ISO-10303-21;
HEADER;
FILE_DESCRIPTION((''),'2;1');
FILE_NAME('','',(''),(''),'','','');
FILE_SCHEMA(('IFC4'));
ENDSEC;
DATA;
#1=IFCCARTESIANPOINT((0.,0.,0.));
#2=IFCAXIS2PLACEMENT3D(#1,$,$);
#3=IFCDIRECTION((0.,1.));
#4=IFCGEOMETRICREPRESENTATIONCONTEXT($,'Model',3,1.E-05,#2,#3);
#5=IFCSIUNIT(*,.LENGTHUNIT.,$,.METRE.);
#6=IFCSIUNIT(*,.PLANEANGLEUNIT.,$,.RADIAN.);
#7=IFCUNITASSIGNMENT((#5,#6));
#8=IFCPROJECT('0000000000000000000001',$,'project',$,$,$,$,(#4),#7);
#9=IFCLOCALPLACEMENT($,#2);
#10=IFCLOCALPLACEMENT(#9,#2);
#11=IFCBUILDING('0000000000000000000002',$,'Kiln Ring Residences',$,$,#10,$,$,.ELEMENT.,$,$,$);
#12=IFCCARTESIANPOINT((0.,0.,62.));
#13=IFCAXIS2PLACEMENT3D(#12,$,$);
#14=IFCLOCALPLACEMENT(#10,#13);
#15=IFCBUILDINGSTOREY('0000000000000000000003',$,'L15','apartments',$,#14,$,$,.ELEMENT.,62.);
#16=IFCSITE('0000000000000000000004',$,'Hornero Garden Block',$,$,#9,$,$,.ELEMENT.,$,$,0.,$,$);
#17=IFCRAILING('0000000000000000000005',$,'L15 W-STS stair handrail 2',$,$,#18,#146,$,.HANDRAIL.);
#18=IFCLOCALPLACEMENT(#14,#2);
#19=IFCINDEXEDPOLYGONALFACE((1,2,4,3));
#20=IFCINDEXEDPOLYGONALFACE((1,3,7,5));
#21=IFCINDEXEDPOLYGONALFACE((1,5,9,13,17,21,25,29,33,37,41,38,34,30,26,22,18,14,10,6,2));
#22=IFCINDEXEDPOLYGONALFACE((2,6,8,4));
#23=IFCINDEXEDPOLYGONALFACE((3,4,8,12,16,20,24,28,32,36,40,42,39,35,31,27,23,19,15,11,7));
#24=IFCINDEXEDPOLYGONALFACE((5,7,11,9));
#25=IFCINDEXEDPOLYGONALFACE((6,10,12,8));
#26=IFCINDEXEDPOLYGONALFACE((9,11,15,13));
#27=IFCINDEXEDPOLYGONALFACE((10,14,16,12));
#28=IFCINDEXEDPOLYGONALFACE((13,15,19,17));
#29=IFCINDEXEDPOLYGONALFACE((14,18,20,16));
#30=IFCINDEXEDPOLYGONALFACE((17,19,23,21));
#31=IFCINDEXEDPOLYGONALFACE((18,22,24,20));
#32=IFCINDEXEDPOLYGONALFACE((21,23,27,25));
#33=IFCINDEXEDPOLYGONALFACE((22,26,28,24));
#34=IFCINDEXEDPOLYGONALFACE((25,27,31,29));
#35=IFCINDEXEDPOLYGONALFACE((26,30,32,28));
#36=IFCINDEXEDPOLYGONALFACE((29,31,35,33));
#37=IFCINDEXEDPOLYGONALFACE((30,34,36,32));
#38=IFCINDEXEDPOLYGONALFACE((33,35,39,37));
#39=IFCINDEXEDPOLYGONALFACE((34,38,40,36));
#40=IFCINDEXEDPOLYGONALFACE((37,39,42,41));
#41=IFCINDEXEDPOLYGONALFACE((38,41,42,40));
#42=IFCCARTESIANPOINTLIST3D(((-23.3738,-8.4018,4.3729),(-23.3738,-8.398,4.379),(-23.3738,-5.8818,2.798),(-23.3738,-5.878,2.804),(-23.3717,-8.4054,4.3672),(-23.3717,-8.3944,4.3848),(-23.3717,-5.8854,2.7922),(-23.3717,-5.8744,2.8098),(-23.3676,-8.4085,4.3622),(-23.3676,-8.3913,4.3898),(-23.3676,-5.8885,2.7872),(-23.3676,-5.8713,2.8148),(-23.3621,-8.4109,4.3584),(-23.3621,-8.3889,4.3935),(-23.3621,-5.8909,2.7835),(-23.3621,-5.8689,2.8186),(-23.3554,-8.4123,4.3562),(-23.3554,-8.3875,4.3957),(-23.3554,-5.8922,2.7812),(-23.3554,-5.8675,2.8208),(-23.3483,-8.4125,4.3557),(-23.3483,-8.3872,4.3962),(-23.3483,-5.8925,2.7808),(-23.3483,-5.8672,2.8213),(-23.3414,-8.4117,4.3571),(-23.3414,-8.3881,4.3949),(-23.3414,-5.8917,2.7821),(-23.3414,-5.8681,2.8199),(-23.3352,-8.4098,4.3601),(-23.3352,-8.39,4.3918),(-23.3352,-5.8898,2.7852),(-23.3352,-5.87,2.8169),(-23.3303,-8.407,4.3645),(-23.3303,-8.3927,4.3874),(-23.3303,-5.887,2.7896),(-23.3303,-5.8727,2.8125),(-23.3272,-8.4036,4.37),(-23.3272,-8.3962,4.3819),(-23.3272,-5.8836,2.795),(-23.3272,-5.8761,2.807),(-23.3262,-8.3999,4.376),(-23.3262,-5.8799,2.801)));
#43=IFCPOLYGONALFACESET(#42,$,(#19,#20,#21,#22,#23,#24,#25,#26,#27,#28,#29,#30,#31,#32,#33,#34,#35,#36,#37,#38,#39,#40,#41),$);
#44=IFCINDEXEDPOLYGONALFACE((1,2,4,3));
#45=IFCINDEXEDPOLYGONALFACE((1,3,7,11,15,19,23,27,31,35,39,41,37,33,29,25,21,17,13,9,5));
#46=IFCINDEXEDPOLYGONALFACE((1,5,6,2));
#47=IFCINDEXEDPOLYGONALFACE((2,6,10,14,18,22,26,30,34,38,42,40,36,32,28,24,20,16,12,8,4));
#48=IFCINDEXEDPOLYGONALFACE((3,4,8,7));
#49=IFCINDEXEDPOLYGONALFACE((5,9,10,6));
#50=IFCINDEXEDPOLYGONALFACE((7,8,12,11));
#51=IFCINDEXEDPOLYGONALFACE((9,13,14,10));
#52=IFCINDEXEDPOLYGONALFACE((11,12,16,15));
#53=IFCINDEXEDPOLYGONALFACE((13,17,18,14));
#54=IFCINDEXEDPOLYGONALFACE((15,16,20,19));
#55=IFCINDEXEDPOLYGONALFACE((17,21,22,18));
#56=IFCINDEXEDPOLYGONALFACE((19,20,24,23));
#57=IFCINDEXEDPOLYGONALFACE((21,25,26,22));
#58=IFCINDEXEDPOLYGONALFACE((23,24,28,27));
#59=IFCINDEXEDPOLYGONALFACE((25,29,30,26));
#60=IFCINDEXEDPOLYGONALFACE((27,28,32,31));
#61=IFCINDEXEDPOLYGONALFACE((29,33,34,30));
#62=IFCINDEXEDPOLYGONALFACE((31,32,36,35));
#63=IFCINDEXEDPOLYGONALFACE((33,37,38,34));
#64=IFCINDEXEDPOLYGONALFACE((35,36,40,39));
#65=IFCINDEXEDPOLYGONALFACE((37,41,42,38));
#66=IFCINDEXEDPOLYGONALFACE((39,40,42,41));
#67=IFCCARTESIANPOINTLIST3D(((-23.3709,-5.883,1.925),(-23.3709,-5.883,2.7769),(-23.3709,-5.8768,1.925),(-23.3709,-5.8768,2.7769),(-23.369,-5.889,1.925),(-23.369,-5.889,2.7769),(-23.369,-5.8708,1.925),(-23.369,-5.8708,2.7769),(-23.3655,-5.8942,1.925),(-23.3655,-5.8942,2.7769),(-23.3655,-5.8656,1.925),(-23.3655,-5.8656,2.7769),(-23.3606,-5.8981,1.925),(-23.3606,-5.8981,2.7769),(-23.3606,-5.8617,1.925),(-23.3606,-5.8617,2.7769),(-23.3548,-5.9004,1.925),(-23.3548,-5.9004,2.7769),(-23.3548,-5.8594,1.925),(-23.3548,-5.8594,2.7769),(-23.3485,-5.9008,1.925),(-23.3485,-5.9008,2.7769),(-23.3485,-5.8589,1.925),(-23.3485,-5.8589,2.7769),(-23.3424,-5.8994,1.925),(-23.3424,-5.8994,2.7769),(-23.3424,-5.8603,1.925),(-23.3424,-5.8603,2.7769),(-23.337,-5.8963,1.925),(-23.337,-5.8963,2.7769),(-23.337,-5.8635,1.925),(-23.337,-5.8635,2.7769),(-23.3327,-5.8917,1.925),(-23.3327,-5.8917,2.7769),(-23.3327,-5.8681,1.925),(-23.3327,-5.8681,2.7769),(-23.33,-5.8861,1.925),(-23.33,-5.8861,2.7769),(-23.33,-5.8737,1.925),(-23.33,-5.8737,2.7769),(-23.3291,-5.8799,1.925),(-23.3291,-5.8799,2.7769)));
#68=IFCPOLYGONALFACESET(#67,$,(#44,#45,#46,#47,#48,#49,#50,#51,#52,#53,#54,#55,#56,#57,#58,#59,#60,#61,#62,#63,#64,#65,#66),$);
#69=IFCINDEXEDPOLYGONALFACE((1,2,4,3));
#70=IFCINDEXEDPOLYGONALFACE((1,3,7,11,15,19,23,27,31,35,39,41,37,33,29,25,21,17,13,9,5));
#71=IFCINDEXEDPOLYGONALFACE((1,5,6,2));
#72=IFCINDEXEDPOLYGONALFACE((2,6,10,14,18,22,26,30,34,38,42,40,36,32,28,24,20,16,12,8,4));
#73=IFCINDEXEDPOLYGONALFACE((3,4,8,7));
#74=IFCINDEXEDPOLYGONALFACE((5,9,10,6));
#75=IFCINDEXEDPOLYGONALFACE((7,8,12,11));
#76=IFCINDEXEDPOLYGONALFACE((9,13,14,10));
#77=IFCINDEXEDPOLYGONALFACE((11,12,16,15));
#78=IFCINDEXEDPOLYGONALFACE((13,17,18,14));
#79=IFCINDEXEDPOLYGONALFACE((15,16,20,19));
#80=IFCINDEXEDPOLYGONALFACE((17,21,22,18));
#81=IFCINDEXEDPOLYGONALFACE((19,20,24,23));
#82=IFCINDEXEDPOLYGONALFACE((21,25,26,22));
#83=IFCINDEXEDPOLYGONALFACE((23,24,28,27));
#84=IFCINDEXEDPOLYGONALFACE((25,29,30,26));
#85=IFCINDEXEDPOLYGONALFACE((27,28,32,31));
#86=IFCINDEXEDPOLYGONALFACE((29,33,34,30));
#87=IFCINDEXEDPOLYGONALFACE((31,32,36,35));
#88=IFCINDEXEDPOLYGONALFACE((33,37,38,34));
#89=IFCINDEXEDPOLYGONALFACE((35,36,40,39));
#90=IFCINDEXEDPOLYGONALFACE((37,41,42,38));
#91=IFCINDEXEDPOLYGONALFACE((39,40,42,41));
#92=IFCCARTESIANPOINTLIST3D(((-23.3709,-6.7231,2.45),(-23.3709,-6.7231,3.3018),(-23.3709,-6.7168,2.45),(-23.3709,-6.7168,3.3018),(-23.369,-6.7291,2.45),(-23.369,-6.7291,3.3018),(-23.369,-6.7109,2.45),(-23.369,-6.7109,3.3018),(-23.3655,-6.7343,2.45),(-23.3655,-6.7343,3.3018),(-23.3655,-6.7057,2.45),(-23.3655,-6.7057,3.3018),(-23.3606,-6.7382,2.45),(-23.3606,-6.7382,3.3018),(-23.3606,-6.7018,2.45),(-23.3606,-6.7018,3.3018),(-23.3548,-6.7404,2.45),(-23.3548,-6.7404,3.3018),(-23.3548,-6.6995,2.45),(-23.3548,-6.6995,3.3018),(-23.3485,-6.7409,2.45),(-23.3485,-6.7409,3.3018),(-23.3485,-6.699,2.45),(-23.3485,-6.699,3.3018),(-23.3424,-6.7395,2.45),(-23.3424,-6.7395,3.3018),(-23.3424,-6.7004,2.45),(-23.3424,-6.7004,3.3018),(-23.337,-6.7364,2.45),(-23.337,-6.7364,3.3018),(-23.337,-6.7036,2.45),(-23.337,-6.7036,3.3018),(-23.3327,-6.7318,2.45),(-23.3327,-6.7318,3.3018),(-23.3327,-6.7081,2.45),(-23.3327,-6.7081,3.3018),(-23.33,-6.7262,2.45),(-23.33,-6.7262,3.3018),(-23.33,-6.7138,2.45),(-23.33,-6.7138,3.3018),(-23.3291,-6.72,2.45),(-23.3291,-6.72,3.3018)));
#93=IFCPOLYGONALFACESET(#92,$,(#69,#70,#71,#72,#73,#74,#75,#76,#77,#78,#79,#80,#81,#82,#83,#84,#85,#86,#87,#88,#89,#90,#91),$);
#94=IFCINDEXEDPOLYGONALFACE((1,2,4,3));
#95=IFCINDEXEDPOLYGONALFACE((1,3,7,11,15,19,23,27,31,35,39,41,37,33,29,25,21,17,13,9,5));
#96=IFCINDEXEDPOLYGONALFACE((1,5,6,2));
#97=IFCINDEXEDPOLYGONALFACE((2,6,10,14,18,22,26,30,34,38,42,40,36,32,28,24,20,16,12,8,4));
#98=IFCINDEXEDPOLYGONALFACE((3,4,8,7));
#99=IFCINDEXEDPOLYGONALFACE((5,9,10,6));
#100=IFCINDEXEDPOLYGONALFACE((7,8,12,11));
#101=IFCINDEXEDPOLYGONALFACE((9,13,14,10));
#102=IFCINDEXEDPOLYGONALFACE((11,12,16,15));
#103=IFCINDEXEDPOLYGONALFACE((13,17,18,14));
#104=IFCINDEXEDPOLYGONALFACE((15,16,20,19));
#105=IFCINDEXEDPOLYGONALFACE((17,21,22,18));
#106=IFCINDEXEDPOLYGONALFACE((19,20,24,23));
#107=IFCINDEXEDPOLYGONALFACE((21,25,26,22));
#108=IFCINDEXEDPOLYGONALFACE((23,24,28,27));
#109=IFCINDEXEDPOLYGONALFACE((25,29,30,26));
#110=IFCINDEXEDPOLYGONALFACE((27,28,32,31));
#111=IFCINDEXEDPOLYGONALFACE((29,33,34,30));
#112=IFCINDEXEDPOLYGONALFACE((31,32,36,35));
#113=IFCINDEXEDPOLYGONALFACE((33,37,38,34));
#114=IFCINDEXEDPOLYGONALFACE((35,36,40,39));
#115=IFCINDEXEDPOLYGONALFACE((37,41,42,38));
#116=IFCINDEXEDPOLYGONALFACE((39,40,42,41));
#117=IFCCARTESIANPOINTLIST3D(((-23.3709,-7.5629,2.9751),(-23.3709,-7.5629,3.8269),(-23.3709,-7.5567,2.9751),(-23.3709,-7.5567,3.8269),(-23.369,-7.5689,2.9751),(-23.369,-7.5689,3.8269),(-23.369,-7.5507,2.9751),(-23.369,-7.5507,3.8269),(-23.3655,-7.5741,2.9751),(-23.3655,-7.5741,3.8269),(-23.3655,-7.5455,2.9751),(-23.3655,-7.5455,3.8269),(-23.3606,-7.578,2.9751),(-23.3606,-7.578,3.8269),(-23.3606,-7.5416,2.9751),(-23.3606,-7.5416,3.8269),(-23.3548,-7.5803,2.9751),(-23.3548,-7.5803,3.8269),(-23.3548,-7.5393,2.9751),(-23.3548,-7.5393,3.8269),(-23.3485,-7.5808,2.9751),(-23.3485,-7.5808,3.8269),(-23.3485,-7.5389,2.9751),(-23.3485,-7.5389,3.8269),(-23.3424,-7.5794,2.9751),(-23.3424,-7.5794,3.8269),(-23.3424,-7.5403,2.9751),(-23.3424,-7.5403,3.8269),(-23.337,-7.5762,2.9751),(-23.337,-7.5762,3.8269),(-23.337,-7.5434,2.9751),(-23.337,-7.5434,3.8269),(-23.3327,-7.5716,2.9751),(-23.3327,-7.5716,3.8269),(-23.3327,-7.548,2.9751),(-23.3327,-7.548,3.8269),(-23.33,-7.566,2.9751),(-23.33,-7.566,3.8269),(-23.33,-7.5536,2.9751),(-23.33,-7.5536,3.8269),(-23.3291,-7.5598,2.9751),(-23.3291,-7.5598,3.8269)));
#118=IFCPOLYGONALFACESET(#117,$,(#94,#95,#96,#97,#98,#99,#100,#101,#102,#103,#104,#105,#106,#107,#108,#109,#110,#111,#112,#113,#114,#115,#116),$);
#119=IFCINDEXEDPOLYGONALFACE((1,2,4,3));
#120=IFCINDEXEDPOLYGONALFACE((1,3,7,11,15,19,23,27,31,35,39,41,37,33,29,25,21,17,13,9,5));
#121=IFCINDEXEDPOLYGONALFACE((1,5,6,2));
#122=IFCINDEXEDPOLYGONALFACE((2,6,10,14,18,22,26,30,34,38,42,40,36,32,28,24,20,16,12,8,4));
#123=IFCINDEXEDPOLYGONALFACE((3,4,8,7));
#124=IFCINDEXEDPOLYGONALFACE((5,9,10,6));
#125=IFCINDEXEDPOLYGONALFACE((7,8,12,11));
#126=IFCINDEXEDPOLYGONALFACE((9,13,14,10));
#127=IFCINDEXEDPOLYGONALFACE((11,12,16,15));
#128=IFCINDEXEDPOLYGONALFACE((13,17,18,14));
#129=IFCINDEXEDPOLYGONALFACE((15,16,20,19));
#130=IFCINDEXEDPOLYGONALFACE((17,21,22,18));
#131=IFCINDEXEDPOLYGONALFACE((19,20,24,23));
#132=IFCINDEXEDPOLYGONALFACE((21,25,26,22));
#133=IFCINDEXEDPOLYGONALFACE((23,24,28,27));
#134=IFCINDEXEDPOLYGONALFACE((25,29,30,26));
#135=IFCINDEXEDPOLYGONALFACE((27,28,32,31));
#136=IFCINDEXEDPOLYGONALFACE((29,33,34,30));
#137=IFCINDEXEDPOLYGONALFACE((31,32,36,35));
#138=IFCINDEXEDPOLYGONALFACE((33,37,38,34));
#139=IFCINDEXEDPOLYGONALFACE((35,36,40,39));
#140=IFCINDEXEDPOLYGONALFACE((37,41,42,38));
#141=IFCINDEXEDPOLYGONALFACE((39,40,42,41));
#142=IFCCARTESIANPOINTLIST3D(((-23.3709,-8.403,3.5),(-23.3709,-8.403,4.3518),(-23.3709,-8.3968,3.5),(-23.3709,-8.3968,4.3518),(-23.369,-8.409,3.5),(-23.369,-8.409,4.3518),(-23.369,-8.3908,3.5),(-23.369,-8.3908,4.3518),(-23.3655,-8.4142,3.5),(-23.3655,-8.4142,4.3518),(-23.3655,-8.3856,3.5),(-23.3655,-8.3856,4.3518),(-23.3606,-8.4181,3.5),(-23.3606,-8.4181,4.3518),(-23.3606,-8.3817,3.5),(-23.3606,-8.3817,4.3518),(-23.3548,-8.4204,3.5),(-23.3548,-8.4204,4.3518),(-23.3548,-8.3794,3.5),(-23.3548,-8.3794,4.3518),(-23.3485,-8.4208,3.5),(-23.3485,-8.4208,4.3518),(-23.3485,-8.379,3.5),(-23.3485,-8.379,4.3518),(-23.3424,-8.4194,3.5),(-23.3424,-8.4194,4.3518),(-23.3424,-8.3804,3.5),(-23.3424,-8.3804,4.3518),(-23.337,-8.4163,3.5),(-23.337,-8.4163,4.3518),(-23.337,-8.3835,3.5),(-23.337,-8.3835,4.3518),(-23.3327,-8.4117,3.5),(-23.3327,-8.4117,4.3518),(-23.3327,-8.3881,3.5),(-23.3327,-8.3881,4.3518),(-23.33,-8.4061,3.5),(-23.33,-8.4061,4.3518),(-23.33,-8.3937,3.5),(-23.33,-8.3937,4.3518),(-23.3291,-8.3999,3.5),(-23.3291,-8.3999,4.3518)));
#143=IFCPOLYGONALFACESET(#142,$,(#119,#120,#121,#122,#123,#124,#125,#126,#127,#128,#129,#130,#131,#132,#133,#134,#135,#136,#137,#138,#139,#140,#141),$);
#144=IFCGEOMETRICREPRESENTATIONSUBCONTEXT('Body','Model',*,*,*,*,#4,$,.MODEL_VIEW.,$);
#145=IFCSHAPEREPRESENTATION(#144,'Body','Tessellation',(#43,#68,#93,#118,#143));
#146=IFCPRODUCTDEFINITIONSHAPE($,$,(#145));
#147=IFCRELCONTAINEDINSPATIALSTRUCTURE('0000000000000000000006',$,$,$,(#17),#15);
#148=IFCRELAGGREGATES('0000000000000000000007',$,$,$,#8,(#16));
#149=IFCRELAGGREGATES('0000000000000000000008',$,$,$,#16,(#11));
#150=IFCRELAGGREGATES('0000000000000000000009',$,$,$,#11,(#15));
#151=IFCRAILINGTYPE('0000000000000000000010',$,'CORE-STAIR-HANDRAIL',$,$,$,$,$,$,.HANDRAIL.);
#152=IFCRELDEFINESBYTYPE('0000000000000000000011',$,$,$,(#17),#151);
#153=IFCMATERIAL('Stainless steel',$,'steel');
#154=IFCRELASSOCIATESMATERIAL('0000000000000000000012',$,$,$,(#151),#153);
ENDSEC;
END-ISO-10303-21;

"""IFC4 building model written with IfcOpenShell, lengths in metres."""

from ifc_helpers import new_model, si_unit, direction, frame, origin, origin_2d, place, context, subcontext, project, spatial, circle, extrude, material, type_object, element, save


model = new_model("IFC4")

# Units and contexts
model_context = context("Model", 3, precision=1e-05, world=origin(), true_north=direction((0.0, 1.0)))
body_context = subcontext(model_context, "Body", "Model", "MODEL_VIEW")
ifc_project = project(units=[si_unit("LENGTHUNIT", "METRE"), si_unit("PLANEANGLEUNIT", "RADIAN")], contexts=[model_context])

# Site, building, storey
site_placement = place(None, origin())
site = spatial("IfcSite", under=ifc_project, at=site_placement, Name="Hornero Garden Block", CompositionType="ELEMENT", RefElevation=0.0)
building_placement = place(site_placement, origin())
building = spatial("IfcBuilding", under=site, at=building_placement, Name="Kiln Ring Residences", CompositionType="ELEMENT")
storey_placement = place(building_placement, frame((0.0, 0.0, 62.0)))
storey = spatial("IfcBuildingStorey", under=building, at=storey_placement, Name="L15", Description="apartments", CompositionType="ELEMENT", Elevation=62.0)

# Railing
ifc_material_1 = material(Name="Stainless steel", Category="steel")
railing_type_1 = type_object("IfcRailingType", Name="CORE-STAIR-HANDRAIL", PredefinedType="HANDRAIL", material=ifc_material_1)
railing_1_placement = place(storey_placement, frame((-23.3501, -5.8799, 1.925)))
element("IfcRailing", 1, at=railing_1_placement, inside=storey, type_object=railing_type_1, Name="L15 W-STS stair handrail 2", PredefinedType="HANDRAIL", context=body_context, shape_type="SweptSolid", body=[
    extrude(circle(Radius=0.0239, at=origin_2d()), frame((0.0, 0.0, 0.876), z_axis=(0.0, -0.848008, 0.529984), x_axis=(1.0, 0.0, 0.0)), (0.0, 0.0, 1.0), 2.9717),
    extrude(circle(Radius=0.021, at=origin_2d()), origin(), (0.0, 0.0, 1.0), 0.8518),
    extrude(circle(Radius=0.021, at=origin_2d()), frame((0.0, -0.8401, 0.5249)), (0.0, 0.0, 1.0), 0.8518),
    extrude(circle(Radius=0.021, at=origin_2d()), frame((0.0, -1.6799, 1.05)), (0.0, 0.0, 1.0), 0.8518),
    extrude(circle(Radius=0.021, at=origin_2d()), frame((0.0, -2.52, 1.575)), (0.0, 0.0, 1.0), 0.8518),
])

save(model, "model.ifc")
